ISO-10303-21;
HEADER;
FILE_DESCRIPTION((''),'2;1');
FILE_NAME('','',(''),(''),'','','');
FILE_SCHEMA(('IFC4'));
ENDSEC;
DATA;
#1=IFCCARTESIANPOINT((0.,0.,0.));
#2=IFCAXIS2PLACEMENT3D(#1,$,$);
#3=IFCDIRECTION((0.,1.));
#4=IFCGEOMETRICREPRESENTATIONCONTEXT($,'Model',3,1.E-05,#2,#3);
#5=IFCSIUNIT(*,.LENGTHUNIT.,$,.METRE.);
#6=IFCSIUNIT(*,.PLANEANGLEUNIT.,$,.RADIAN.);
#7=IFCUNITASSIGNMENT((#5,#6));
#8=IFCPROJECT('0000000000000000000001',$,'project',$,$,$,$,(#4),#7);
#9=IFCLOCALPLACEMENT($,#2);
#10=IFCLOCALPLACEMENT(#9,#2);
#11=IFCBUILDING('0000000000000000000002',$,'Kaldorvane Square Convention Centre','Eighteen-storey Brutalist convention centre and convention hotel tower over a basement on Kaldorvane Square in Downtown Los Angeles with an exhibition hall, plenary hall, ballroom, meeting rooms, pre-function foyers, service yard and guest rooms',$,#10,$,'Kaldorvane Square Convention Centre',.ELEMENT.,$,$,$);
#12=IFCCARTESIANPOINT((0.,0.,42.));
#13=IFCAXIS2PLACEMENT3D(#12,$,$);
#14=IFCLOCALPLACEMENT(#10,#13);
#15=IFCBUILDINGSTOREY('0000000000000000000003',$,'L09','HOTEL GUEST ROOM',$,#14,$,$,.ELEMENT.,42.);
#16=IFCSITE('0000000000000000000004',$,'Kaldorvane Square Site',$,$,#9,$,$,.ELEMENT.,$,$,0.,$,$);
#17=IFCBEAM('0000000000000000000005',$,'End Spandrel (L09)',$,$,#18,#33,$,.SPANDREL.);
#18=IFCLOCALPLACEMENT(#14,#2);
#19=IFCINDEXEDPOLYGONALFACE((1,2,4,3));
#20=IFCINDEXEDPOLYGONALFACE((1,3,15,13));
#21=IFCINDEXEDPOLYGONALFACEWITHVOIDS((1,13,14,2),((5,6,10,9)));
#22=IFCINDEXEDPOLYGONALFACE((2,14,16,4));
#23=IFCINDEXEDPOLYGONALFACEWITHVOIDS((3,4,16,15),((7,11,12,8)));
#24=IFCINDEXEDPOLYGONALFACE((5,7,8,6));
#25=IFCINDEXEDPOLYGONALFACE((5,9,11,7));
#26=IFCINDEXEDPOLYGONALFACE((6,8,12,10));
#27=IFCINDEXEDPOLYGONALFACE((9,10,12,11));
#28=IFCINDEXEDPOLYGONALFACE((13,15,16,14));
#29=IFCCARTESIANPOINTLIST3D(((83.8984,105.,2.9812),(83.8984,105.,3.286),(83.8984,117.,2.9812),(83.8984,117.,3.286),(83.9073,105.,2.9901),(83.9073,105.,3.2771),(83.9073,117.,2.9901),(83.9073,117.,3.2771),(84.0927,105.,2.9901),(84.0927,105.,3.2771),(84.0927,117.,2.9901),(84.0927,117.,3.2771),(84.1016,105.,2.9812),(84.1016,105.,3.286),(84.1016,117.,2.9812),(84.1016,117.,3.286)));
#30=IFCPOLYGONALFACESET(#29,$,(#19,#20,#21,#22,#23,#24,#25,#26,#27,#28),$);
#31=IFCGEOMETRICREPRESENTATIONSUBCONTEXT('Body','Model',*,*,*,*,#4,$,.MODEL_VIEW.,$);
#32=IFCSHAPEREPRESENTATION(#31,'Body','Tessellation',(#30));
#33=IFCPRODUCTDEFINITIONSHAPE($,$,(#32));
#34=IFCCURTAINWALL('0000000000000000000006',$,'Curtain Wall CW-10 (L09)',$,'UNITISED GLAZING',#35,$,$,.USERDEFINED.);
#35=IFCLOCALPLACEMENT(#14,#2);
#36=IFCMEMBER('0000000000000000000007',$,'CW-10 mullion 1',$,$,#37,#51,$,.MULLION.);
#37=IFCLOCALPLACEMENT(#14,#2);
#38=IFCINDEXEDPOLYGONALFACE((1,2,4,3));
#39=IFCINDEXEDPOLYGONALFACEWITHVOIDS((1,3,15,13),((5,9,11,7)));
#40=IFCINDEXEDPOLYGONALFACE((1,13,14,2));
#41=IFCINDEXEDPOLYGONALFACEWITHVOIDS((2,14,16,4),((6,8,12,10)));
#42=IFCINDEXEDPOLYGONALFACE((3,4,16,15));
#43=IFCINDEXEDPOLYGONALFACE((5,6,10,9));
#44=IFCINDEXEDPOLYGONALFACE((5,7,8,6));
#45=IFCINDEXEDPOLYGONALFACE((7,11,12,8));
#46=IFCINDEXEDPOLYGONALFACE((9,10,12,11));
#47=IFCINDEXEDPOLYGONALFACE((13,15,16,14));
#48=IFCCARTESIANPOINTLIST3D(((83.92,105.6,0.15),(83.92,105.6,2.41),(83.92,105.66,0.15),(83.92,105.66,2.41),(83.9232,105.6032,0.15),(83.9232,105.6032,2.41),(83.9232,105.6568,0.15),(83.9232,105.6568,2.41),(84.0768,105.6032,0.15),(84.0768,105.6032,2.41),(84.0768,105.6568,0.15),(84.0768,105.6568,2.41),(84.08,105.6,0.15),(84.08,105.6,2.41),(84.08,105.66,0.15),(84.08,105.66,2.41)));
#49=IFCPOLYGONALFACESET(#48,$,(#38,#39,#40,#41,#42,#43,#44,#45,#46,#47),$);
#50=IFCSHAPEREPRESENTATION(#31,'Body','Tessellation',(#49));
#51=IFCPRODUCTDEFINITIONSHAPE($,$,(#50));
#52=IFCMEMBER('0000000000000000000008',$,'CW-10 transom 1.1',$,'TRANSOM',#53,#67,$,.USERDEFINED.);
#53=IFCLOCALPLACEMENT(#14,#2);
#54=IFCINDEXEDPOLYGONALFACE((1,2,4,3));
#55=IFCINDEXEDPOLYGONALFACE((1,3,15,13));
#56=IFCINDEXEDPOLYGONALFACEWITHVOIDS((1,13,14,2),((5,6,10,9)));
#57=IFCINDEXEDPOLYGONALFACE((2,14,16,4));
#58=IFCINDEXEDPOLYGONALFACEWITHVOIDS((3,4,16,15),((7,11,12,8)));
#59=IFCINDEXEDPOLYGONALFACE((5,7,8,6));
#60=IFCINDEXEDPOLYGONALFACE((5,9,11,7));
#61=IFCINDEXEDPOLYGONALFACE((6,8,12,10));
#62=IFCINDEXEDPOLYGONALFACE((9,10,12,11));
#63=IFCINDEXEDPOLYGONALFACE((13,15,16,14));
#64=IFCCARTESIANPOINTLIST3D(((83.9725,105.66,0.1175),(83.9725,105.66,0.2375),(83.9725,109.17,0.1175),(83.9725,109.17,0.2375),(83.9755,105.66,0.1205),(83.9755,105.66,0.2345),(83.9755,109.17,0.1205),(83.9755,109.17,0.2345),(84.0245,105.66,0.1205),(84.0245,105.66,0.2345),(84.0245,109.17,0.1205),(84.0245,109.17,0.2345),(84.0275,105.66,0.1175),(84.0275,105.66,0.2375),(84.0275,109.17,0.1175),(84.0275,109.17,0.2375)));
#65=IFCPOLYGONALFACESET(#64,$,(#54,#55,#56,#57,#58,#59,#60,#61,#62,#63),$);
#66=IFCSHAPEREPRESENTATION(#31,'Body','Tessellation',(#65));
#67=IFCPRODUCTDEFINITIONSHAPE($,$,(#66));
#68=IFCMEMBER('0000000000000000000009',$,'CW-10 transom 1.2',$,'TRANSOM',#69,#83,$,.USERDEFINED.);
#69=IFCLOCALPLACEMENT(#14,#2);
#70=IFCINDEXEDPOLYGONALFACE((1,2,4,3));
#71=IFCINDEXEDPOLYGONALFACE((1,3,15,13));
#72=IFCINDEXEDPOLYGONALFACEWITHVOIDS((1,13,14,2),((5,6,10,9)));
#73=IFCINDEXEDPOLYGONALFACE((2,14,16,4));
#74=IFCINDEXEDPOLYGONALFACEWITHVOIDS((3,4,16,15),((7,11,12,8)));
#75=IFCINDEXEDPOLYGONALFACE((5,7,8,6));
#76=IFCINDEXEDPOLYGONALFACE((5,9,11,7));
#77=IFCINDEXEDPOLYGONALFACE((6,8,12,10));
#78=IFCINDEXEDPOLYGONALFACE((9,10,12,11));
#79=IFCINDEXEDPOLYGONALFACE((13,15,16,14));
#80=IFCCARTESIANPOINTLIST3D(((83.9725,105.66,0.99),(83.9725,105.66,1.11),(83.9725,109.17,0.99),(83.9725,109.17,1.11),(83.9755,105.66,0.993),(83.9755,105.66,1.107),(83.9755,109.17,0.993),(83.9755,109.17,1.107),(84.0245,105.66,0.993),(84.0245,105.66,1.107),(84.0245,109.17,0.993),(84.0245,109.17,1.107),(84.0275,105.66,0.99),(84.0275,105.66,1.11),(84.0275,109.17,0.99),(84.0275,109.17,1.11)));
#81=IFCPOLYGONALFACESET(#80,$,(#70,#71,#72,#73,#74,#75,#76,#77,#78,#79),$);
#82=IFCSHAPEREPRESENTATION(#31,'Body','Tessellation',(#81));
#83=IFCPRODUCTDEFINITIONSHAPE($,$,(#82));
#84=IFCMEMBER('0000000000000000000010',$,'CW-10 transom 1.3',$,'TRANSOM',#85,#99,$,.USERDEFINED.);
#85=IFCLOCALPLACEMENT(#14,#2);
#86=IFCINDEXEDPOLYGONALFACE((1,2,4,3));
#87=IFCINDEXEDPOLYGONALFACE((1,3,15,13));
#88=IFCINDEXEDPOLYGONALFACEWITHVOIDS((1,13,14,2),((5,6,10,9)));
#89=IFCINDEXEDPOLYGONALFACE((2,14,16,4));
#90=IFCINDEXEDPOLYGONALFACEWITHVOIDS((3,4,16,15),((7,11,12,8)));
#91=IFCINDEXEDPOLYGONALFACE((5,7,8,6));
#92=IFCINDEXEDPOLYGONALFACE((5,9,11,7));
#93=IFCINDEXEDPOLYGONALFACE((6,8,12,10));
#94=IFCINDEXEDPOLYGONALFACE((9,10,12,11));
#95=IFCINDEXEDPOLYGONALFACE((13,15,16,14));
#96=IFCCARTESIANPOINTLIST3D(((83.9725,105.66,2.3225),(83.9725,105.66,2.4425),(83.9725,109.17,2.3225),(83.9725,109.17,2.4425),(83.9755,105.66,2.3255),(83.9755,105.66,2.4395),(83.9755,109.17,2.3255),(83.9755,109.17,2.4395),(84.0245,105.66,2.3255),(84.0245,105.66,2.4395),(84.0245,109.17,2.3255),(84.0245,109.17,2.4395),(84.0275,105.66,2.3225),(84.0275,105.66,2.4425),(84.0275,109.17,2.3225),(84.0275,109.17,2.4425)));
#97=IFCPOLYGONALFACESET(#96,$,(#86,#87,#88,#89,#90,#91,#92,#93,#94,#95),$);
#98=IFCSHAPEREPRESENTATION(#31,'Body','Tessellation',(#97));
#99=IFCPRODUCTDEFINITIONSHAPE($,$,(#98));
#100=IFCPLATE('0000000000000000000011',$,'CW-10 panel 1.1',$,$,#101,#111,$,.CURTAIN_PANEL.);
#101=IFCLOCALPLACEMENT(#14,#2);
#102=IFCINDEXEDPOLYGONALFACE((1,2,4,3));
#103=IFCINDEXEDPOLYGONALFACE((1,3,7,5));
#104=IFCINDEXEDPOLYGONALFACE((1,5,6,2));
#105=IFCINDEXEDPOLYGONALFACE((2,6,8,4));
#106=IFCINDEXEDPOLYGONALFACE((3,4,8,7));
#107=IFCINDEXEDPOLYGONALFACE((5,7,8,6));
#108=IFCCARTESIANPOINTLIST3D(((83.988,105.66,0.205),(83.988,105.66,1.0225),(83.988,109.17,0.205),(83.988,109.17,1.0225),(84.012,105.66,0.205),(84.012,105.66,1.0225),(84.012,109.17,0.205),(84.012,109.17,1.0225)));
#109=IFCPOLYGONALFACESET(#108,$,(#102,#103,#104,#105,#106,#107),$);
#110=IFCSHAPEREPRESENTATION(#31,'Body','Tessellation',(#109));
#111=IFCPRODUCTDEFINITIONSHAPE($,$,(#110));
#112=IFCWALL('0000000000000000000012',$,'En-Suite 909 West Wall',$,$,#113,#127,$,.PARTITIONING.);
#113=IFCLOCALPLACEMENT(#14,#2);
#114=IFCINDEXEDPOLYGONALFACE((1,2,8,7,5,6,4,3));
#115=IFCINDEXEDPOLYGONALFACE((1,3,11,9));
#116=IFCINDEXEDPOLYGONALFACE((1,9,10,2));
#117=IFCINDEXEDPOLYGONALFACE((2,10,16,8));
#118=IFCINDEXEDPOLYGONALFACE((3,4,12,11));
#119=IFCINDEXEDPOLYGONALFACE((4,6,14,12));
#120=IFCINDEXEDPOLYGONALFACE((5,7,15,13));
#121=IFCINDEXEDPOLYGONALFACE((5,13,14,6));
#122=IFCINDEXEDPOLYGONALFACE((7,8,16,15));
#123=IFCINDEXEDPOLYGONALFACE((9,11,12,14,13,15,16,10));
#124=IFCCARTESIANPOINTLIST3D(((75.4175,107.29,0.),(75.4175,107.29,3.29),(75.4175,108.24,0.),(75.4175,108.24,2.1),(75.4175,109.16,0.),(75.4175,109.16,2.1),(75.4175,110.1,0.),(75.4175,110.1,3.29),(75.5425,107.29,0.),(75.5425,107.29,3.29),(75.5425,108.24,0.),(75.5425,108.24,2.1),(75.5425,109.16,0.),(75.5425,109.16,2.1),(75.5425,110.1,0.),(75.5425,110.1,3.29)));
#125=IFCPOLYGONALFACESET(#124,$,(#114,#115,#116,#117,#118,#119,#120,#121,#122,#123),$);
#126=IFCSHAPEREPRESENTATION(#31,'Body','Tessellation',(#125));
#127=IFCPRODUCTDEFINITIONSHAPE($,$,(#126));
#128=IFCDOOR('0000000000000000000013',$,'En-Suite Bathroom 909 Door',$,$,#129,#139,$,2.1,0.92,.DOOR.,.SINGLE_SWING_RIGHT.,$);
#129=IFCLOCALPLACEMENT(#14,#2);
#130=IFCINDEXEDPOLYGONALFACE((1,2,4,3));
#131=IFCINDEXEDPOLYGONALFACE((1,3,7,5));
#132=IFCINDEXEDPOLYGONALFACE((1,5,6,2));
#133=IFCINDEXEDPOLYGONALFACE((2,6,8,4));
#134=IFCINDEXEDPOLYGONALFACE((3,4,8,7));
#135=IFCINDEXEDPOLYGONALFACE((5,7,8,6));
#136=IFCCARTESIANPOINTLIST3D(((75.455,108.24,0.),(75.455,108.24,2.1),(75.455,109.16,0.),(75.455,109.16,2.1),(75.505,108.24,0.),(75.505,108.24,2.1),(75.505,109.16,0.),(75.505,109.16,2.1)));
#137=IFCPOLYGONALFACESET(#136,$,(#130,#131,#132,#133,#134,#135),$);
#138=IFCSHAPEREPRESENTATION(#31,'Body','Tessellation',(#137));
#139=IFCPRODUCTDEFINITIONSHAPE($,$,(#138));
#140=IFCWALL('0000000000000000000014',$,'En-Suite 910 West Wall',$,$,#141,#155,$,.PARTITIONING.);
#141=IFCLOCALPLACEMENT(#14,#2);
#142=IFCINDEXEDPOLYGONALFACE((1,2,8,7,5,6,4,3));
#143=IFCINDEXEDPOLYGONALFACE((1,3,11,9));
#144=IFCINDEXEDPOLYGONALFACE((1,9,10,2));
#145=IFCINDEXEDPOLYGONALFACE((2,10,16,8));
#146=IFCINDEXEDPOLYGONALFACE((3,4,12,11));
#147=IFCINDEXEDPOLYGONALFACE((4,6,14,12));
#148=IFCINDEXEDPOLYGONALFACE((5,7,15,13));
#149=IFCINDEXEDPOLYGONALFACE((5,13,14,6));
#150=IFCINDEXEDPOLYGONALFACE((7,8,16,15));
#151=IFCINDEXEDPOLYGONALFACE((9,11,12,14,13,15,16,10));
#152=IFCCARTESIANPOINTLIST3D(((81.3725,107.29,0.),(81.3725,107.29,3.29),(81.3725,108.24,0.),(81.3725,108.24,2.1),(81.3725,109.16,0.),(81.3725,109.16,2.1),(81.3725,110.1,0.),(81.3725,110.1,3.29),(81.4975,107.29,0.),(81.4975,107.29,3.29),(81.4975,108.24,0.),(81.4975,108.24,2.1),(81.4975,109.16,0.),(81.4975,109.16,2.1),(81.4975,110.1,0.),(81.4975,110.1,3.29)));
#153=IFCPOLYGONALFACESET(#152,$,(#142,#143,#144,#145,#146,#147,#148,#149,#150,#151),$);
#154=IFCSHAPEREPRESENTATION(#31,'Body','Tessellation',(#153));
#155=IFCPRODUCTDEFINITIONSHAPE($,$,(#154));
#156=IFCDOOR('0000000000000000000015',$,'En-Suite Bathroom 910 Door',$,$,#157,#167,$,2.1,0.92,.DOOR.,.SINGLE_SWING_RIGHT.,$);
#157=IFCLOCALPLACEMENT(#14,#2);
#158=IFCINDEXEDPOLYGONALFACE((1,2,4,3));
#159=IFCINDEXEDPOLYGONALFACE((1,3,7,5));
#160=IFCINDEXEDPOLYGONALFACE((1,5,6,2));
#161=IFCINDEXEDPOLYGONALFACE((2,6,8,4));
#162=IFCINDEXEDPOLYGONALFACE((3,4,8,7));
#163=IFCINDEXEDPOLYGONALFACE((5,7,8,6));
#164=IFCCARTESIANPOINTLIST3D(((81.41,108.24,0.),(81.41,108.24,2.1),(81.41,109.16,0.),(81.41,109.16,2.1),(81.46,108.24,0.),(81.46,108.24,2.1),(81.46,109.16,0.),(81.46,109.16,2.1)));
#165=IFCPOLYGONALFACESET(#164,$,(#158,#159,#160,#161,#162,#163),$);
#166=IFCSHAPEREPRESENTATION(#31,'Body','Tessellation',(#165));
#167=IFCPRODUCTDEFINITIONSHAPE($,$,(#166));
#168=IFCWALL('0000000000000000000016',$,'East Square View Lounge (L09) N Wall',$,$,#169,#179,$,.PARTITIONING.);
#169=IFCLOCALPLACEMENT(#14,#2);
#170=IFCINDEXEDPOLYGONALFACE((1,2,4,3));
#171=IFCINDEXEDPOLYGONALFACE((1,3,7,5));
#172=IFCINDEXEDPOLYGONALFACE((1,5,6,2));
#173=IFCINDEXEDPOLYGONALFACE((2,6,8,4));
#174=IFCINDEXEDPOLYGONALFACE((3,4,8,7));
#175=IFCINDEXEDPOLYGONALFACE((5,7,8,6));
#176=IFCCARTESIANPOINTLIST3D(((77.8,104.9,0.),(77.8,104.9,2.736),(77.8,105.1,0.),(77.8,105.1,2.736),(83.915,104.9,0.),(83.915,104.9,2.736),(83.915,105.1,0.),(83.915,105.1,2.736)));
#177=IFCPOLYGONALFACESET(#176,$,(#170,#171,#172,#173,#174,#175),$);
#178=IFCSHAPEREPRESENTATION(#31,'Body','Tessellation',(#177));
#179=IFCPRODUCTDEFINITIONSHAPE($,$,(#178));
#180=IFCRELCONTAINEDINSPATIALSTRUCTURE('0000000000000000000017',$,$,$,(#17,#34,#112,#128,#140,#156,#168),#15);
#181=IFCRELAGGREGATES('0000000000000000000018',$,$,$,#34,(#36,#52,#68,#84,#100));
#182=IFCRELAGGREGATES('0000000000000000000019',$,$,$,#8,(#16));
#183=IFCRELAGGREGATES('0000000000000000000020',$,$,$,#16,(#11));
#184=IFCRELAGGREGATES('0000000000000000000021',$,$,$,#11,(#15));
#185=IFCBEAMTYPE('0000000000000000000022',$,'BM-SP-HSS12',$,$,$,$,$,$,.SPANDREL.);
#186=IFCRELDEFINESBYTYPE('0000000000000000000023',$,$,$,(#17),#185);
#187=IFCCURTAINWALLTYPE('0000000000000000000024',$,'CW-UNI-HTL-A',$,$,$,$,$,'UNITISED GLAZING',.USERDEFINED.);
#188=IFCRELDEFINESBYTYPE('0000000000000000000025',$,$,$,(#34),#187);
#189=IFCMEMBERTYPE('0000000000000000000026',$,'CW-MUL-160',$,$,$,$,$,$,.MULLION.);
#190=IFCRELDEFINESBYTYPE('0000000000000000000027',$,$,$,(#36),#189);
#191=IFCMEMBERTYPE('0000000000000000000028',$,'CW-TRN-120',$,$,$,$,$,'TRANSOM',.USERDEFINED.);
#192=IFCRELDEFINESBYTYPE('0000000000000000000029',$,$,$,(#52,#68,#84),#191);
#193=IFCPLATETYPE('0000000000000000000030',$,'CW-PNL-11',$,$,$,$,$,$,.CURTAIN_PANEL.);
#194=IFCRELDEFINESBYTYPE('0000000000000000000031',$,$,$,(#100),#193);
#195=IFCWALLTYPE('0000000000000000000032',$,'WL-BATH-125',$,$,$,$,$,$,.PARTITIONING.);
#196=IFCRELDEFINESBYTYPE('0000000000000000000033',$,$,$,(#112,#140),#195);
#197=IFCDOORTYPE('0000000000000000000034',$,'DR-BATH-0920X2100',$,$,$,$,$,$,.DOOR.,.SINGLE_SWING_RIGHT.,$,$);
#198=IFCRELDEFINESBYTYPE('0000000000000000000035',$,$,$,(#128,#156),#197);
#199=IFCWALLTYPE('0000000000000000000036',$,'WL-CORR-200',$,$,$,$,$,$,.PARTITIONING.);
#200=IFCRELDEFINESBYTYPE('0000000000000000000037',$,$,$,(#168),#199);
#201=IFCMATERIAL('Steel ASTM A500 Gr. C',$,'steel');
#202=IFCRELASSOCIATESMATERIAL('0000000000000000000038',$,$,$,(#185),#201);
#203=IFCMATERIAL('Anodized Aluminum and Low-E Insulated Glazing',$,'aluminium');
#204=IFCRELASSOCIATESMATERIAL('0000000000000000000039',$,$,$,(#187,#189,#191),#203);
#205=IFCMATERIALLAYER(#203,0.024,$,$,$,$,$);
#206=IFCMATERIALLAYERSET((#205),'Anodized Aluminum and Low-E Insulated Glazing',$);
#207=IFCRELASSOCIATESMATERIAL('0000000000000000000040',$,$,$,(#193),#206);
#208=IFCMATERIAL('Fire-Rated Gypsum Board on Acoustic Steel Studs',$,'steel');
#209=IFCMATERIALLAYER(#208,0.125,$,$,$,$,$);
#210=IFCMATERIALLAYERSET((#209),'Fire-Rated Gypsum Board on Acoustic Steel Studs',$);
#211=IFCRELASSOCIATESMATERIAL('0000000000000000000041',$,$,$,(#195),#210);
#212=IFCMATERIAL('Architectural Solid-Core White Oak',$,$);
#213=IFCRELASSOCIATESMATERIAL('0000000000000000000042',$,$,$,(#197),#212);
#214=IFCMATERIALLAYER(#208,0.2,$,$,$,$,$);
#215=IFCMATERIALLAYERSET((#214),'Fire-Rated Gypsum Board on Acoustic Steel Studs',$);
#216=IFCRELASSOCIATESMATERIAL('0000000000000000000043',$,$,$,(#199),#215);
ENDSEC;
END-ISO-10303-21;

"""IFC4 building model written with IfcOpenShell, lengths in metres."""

from ifc_helpers import new_model, si_unit, direction, frame, frame_2d, origin, origin_2d, place, context, subcontext, project, spatial, rectangle, hollow_rectangle, extrude, material, layer, layer_set, material_profile, profile_set, type_object, element, fill, aggregate, save


model = new_model("IFC4")

# Units and contexts
model_context = context("Model", 3, precision=1e-05, world=origin(), true_north=direction((0.0, 1.0)))
body_context = subcontext(model_context, "Body", "Model", "MODEL_VIEW")
ifc_project = project(units=[si_unit("LENGTHUNIT", "METRE"), si_unit("PLANEANGLEUNIT", "RADIAN")], contexts=[model_context])

# Site, building, storey
site_placement = place(None, origin())
site = spatial("IfcSite", under=ifc_project, at=site_placement, Name="Kaldorvane Square Site", CompositionType="ELEMENT", RefElevation=0.0)
building_placement = place(site_placement, origin())
building = spatial("IfcBuilding", under=site, at=building_placement, Name="Kaldorvane Square Convention Centre", Description="Eighteen-storey Brutalist convention centre and convention hotel tower over a basement on Kaldorvane Square in Downtown Los Angeles with an exhibition hall, plenary hall, ballroom, meeting rooms, pre-function foyers, service yard and guest rooms", LongName="Kaldorvane Square Convention Centre", CompositionType="ELEMENT")
storey_placement = place(building_placement, frame((0.0, 0.0, 42.0)))
storey = spatial("IfcBuildingStorey", under=building, at=storey_placement, Name="L09", Description="HOTEL GUEST ROOM", CompositionType="ELEMENT", Elevation=42.0)

# Beam
ifc_material_1 = material(Name="Steel ASTM A500 Gr. C", Category="steel")
ifc_material_profile_1 = material_profile(ifc_material_1, hollow_rectangle(XDim=0.2032, YDim=0.3048, WallThickness=0.0089, at=origin_2d()), Name="HSS12X8X3/8")
ifc_profile_set_1 = profile_set([ifc_material_profile_1], Name="Steel ASTM A500 Gr. C")
beam_type_1 = type_object("IfcBeamType", Name="BM-SP-HSS12", PredefinedType="SPANDREL", material=ifc_profile_set_1)
beam_1_placement = place(storey_placement, frame((84.0, 105.0, 3.1336), z_axis=(0.0, 1.0, 0.0), x_axis=(-1.0, 0.0, 0.0)))
element("IfcBeam", 1, at=beam_1_placement, inside=storey, type_object=beam_type_1, Name="End Spandrel (L09)", PredefinedType="SPANDREL", context=body_context, shape_type="SweptSolid", body=[
    extrude(hollow_rectangle(XDim=0.2032, YDim=0.3048, WallThickness=0.0089, at=origin_2d()), origin(), (0.0, 0.0, 1.0), 12.0),
])

# Curtain wall, members, plate
ifc_material_2 = material(Name="Anodized Aluminum and Low-E Insulated Glazing", Category="aluminium")
curtain_wall_type = type_object("IfcCurtainWallType", Name="CW-UNI-HTL-A", ElementType="UNITISED GLAZING", PredefinedType="USERDEFINED", material=ifc_material_2)
curtain_wall_placement = place(storey_placement, origin())
curtain_wall = element("IfcCurtainWall", 2, at=curtain_wall_placement, inside=storey, type_object=curtain_wall_type, Name="Curtain Wall CW-10 (L09)", ObjectType="UNITISED GLAZING", PredefinedType="USERDEFINED")
ifc_material_profile_2 = material_profile(ifc_material_2, hollow_rectangle(XDim=0.06, YDim=0.16, WallThickness=0.0032, at=origin_2d()), Name="CWM-160X60")
ifc_profile_set_2 = profile_set([ifc_material_profile_2], Name="Anodized Aluminum and Low-E Insulated Glazing")
member_type_1 = type_object("IfcMemberType", Name="CW-MUL-160", PredefinedType="MULLION", material=ifc_profile_set_2)
member_1_placement = place(storey_placement, frame((84.0, 105.63, 0.15), z_axis=(0.0, 0.0, 1.0), x_axis=(0.0, 1.0, 0.0)))
member_1 = element("IfcMember", 3, at=member_1_placement, type_object=member_type_1, Name="CW-10 mullion 1", PredefinedType="MULLION", context=body_context, shape_type="SweptSolid", body=[
    extrude(hollow_rectangle(XDim=0.06, YDim=0.16, WallThickness=0.0032, at=origin_2d()), origin(), (0.0, 0.0, 1.0), 2.26),
])
ifc_material_profile_3 = material_profile(ifc_material_2, hollow_rectangle(XDim=0.055, YDim=0.12, WallThickness=0.003, at=origin_2d()), Name="CWT-120X55")
ifc_profile_set_3 = profile_set([ifc_material_profile_3], Name="Anodized Aluminum and Low-E Insulated Glazing")
member_type_2 = type_object("IfcMemberType", Name="CW-TRN-120", ElementType="TRANSOM", PredefinedType="USERDEFINED", material=ifc_profile_set_3)
member_2_placement = place(storey_placement, frame((84.0, 105.66, 0.1775), z_axis=(0.0, 1.0, 0.0), x_axis=(-1.0, 0.0, 0.0)))
member_2 = element("IfcMember", 4, at=member_2_placement, type_object=member_type_2, Name="CW-10 transom 1.1", ObjectType="TRANSOM", PredefinedType="USERDEFINED", context=body_context, shape_type="SweptSolid", body=[
    extrude(hollow_rectangle(XDim=0.055, YDim=0.12, WallThickness=0.003, at=origin_2d()), origin(), (0.0, 0.0, 1.0), 3.51),
])
member_3_placement = place(storey_placement, frame((84.0, 105.66, 1.05), z_axis=(0.0, 1.0, 0.0), x_axis=(-1.0, 0.0, 0.0)))
member_3 = element("IfcMember", 5, at=member_3_placement, type_object=member_type_2, Name="CW-10 transom 1.2", ObjectType="TRANSOM", PredefinedType="USERDEFINED", context=body_context, shape_type="SweptSolid", body=[
    extrude(hollow_rectangle(XDim=0.055, YDim=0.12, WallThickness=0.003, at=origin_2d()), origin(), (0.0, 0.0, 1.0), 3.51),
])
member_4_placement = place(storey_placement, frame((84.0, 105.66, 2.3825), z_axis=(0.0, 1.0, 0.0), x_axis=(-1.0, 0.0, 0.0)))
member_4 = element("IfcMember", 6, at=member_4_placement, type_object=member_type_2, Name="CW-10 transom 1.3", ObjectType="TRANSOM", PredefinedType="USERDEFINED", context=body_context, shape_type="SweptSolid", body=[
    extrude(hollow_rectangle(XDim=0.055, YDim=0.12, WallThickness=0.003, at=origin_2d()), origin(), (0.0, 0.0, 1.0), 3.51),
])
ifc_layer_1 = layer(ifc_material_2, 0.024)
ifc_layer_set_1 = layer_set([ifc_layer_1], Name="Anodized Aluminum and Low-E Insulated Glazing")
plate_type = type_object("IfcPlateType", Name="CW-PNL-11", PredefinedType="CURTAIN_PANEL", material=ifc_layer_set_1)
plate_placement = place(storey_placement, frame((84.0, 107.415, 0.205), z_axis=(0.0, 0.0, 1.0), x_axis=(0.0, 1.0, 0.0)))
plate = element("IfcPlate", 7, at=plate_placement, type_object=plate_type, Name="CW-10 panel 1.1", PredefinedType="CURTAIN_PANEL", context=body_context, shape_type="SweptSolid", body=[
    extrude(rectangle(XDim=3.51, YDim=0.024, at=origin_2d()), origin(), (0.0, 0.0, 1.0), 0.8175),
])
aggregate(curtain_wall, [member_1, member_2, member_3, member_4, plate])

# Walls, openings, doors
ifc_material_3 = material(Name="Fire-Rated Gypsum Board on Acoustic Steel Studs", Category="steel")
ifc_layer_2 = layer(ifc_material_3, 0.125)
ifc_layer_set_2 = layer_set([ifc_layer_2], Name="Fire-Rated Gypsum Board on Acoustic Steel Studs")
wall_type_1 = type_object("IfcWallType", Name="WL-BATH-125", PredefinedType="PARTITIONING", material=ifc_layer_set_2)
wall_1_placement = place(storey_placement, frame((75.48, 107.29, 0.0), z_axis=(0.0, 0.0, 1.0), x_axis=(0.0, 1.0, 0.0)))
wall_1 = element("IfcWall", 8, at=wall_1_placement, inside=storey, type_object=wall_type_1, Name="En-Suite 909 West Wall", PredefinedType="PARTITIONING", context=body_context, shape_type="SweptSolid", body=[
    extrude(rectangle(XDim=2.81, YDim=0.125, at=frame_2d((1.405, 0.0))), origin(), (0.0, 0.0, 1.0), 3.29),
])
opening_1_placement = place(wall_1_placement, frame((0.95, 0.0, 0.0)))
opening_1 = element("IfcOpeningElement", 9, at=opening_1_placement, cuts=wall_1, PredefinedType="OPENING", context=body_context, shape_type="SweptSolid", body=[
    extrude(rectangle(XDim=0.92, YDim=2.1, at=frame_2d((0.46, 1.05))), frame((0.0, 0.0775, 0.0), z_axis=(0.0, -1.0, 0.0), x_axis=(1.0, 0.0, 0.0)), (0.0, 0.0, 1.0), 0.155),
])
ifc_material_4 = material(Name="Architectural Solid-Core White Oak")
door_type_1 = type_object("IfcDoorType", Name="DR-BATH-0920X2100", OperationType="SINGLE_SWING_RIGHT", PredefinedType="DOOR", material=ifc_material_4)
door_1_placement = place(opening_1_placement, origin())
door_1 = element("IfcDoor", 10, at=door_1_placement, inside=storey, type_object=door_type_1, Name="En-Suite Bathroom 909 Door", OperationType="SINGLE_SWING_RIGHT", OverallHeight=2.1, OverallWidth=0.92, PredefinedType="DOOR", context=body_context, shape_type="SweptSolid", body=[
    extrude(rectangle(XDim=0.92, YDim=2.1, at=frame_2d((0.46, 1.05))), frame((0.0, 0.025, 0.0), z_axis=(0.0, -1.0, 0.0), x_axis=(1.0, 0.0, 0.0)), (0.0, 0.0, 1.0), 0.05),
])
fill(opening_1, door_1)
wall_2_placement = place(storey_placement, frame((81.435, 107.29, 0.0), z_axis=(0.0, 0.0, 1.0), x_axis=(0.0, 1.0, 0.0)))
wall_2 = element("IfcWall", 11, at=wall_2_placement, inside=storey, type_object=wall_type_1, Name="En-Suite 910 West Wall", PredefinedType="PARTITIONING", context=body_context, shape_type="SweptSolid", body=[
    extrude(rectangle(XDim=2.81, YDim=0.125, at=frame_2d((1.405, 0.0))), origin(), (0.0, 0.0, 1.0), 3.29),
])
opening_2_placement = place(wall_2_placement, frame((0.95, 0.0, 0.0)))
opening_2 = element("IfcOpeningElement", 12, at=opening_2_placement, cuts=wall_2, PredefinedType="OPENING", context=body_context, shape_type="SweptSolid", body=[
    extrude(rectangle(XDim=0.92, YDim=2.1, at=frame_2d((0.46, 1.05))), frame((0.0, 0.0775, 0.0), z_axis=(0.0, -1.0, 0.0), x_axis=(1.0, 0.0, 0.0)), (0.0, 0.0, 1.0), 0.155),
])
door_2_placement = place(opening_2_placement, origin())
door_2 = element("IfcDoor", 13, at=door_2_placement, inside=storey, type_object=door_type_1, Name="En-Suite Bathroom 910 Door", OperationType="SINGLE_SWING_RIGHT", OverallHeight=2.1, OverallWidth=0.92, PredefinedType="DOOR", context=body_context, shape_type="SweptSolid", body=[
    extrude(rectangle(XDim=0.92, YDim=2.1, at=frame_2d((0.46, 1.05))), frame((0.0, 0.025, 0.0), z_axis=(0.0, -1.0, 0.0), x_axis=(1.0, 0.0, 0.0)), (0.0, 0.0, 1.0), 0.05),
])
fill(opening_2, door_2)

# Wall
ifc_layer_3 = layer(ifc_material_3, 0.2)
ifc_layer_set_3 = layer_set([ifc_layer_3], Name="Fire-Rated Gypsum Board on Acoustic Steel Studs")
wall_type_2 = type_object("IfcWallType", Name="WL-CORR-200", PredefinedType="PARTITIONING", material=ifc_layer_set_3)
wall_3_placement = place(storey_placement, frame((83.915, 105.0, 0.0), z_axis=(0.0, 0.0, 1.0), x_axis=(-1.0, 0.0, 0.0)))
element("IfcWall", 14, at=wall_3_placement, inside=storey, type_object=wall_type_2, Name="East Square View Lounge (L09) N Wall", PredefinedType="PARTITIONING", context=body_context, shape_type="SweptSolid", body=[
    extrude(rectangle(XDim=6.115, YDim=0.2, at=frame_2d((3.0575, 0.0))), origin(), (0.0, 0.0, 1.0), 2.736),
])

save(model, "model.ifc")
